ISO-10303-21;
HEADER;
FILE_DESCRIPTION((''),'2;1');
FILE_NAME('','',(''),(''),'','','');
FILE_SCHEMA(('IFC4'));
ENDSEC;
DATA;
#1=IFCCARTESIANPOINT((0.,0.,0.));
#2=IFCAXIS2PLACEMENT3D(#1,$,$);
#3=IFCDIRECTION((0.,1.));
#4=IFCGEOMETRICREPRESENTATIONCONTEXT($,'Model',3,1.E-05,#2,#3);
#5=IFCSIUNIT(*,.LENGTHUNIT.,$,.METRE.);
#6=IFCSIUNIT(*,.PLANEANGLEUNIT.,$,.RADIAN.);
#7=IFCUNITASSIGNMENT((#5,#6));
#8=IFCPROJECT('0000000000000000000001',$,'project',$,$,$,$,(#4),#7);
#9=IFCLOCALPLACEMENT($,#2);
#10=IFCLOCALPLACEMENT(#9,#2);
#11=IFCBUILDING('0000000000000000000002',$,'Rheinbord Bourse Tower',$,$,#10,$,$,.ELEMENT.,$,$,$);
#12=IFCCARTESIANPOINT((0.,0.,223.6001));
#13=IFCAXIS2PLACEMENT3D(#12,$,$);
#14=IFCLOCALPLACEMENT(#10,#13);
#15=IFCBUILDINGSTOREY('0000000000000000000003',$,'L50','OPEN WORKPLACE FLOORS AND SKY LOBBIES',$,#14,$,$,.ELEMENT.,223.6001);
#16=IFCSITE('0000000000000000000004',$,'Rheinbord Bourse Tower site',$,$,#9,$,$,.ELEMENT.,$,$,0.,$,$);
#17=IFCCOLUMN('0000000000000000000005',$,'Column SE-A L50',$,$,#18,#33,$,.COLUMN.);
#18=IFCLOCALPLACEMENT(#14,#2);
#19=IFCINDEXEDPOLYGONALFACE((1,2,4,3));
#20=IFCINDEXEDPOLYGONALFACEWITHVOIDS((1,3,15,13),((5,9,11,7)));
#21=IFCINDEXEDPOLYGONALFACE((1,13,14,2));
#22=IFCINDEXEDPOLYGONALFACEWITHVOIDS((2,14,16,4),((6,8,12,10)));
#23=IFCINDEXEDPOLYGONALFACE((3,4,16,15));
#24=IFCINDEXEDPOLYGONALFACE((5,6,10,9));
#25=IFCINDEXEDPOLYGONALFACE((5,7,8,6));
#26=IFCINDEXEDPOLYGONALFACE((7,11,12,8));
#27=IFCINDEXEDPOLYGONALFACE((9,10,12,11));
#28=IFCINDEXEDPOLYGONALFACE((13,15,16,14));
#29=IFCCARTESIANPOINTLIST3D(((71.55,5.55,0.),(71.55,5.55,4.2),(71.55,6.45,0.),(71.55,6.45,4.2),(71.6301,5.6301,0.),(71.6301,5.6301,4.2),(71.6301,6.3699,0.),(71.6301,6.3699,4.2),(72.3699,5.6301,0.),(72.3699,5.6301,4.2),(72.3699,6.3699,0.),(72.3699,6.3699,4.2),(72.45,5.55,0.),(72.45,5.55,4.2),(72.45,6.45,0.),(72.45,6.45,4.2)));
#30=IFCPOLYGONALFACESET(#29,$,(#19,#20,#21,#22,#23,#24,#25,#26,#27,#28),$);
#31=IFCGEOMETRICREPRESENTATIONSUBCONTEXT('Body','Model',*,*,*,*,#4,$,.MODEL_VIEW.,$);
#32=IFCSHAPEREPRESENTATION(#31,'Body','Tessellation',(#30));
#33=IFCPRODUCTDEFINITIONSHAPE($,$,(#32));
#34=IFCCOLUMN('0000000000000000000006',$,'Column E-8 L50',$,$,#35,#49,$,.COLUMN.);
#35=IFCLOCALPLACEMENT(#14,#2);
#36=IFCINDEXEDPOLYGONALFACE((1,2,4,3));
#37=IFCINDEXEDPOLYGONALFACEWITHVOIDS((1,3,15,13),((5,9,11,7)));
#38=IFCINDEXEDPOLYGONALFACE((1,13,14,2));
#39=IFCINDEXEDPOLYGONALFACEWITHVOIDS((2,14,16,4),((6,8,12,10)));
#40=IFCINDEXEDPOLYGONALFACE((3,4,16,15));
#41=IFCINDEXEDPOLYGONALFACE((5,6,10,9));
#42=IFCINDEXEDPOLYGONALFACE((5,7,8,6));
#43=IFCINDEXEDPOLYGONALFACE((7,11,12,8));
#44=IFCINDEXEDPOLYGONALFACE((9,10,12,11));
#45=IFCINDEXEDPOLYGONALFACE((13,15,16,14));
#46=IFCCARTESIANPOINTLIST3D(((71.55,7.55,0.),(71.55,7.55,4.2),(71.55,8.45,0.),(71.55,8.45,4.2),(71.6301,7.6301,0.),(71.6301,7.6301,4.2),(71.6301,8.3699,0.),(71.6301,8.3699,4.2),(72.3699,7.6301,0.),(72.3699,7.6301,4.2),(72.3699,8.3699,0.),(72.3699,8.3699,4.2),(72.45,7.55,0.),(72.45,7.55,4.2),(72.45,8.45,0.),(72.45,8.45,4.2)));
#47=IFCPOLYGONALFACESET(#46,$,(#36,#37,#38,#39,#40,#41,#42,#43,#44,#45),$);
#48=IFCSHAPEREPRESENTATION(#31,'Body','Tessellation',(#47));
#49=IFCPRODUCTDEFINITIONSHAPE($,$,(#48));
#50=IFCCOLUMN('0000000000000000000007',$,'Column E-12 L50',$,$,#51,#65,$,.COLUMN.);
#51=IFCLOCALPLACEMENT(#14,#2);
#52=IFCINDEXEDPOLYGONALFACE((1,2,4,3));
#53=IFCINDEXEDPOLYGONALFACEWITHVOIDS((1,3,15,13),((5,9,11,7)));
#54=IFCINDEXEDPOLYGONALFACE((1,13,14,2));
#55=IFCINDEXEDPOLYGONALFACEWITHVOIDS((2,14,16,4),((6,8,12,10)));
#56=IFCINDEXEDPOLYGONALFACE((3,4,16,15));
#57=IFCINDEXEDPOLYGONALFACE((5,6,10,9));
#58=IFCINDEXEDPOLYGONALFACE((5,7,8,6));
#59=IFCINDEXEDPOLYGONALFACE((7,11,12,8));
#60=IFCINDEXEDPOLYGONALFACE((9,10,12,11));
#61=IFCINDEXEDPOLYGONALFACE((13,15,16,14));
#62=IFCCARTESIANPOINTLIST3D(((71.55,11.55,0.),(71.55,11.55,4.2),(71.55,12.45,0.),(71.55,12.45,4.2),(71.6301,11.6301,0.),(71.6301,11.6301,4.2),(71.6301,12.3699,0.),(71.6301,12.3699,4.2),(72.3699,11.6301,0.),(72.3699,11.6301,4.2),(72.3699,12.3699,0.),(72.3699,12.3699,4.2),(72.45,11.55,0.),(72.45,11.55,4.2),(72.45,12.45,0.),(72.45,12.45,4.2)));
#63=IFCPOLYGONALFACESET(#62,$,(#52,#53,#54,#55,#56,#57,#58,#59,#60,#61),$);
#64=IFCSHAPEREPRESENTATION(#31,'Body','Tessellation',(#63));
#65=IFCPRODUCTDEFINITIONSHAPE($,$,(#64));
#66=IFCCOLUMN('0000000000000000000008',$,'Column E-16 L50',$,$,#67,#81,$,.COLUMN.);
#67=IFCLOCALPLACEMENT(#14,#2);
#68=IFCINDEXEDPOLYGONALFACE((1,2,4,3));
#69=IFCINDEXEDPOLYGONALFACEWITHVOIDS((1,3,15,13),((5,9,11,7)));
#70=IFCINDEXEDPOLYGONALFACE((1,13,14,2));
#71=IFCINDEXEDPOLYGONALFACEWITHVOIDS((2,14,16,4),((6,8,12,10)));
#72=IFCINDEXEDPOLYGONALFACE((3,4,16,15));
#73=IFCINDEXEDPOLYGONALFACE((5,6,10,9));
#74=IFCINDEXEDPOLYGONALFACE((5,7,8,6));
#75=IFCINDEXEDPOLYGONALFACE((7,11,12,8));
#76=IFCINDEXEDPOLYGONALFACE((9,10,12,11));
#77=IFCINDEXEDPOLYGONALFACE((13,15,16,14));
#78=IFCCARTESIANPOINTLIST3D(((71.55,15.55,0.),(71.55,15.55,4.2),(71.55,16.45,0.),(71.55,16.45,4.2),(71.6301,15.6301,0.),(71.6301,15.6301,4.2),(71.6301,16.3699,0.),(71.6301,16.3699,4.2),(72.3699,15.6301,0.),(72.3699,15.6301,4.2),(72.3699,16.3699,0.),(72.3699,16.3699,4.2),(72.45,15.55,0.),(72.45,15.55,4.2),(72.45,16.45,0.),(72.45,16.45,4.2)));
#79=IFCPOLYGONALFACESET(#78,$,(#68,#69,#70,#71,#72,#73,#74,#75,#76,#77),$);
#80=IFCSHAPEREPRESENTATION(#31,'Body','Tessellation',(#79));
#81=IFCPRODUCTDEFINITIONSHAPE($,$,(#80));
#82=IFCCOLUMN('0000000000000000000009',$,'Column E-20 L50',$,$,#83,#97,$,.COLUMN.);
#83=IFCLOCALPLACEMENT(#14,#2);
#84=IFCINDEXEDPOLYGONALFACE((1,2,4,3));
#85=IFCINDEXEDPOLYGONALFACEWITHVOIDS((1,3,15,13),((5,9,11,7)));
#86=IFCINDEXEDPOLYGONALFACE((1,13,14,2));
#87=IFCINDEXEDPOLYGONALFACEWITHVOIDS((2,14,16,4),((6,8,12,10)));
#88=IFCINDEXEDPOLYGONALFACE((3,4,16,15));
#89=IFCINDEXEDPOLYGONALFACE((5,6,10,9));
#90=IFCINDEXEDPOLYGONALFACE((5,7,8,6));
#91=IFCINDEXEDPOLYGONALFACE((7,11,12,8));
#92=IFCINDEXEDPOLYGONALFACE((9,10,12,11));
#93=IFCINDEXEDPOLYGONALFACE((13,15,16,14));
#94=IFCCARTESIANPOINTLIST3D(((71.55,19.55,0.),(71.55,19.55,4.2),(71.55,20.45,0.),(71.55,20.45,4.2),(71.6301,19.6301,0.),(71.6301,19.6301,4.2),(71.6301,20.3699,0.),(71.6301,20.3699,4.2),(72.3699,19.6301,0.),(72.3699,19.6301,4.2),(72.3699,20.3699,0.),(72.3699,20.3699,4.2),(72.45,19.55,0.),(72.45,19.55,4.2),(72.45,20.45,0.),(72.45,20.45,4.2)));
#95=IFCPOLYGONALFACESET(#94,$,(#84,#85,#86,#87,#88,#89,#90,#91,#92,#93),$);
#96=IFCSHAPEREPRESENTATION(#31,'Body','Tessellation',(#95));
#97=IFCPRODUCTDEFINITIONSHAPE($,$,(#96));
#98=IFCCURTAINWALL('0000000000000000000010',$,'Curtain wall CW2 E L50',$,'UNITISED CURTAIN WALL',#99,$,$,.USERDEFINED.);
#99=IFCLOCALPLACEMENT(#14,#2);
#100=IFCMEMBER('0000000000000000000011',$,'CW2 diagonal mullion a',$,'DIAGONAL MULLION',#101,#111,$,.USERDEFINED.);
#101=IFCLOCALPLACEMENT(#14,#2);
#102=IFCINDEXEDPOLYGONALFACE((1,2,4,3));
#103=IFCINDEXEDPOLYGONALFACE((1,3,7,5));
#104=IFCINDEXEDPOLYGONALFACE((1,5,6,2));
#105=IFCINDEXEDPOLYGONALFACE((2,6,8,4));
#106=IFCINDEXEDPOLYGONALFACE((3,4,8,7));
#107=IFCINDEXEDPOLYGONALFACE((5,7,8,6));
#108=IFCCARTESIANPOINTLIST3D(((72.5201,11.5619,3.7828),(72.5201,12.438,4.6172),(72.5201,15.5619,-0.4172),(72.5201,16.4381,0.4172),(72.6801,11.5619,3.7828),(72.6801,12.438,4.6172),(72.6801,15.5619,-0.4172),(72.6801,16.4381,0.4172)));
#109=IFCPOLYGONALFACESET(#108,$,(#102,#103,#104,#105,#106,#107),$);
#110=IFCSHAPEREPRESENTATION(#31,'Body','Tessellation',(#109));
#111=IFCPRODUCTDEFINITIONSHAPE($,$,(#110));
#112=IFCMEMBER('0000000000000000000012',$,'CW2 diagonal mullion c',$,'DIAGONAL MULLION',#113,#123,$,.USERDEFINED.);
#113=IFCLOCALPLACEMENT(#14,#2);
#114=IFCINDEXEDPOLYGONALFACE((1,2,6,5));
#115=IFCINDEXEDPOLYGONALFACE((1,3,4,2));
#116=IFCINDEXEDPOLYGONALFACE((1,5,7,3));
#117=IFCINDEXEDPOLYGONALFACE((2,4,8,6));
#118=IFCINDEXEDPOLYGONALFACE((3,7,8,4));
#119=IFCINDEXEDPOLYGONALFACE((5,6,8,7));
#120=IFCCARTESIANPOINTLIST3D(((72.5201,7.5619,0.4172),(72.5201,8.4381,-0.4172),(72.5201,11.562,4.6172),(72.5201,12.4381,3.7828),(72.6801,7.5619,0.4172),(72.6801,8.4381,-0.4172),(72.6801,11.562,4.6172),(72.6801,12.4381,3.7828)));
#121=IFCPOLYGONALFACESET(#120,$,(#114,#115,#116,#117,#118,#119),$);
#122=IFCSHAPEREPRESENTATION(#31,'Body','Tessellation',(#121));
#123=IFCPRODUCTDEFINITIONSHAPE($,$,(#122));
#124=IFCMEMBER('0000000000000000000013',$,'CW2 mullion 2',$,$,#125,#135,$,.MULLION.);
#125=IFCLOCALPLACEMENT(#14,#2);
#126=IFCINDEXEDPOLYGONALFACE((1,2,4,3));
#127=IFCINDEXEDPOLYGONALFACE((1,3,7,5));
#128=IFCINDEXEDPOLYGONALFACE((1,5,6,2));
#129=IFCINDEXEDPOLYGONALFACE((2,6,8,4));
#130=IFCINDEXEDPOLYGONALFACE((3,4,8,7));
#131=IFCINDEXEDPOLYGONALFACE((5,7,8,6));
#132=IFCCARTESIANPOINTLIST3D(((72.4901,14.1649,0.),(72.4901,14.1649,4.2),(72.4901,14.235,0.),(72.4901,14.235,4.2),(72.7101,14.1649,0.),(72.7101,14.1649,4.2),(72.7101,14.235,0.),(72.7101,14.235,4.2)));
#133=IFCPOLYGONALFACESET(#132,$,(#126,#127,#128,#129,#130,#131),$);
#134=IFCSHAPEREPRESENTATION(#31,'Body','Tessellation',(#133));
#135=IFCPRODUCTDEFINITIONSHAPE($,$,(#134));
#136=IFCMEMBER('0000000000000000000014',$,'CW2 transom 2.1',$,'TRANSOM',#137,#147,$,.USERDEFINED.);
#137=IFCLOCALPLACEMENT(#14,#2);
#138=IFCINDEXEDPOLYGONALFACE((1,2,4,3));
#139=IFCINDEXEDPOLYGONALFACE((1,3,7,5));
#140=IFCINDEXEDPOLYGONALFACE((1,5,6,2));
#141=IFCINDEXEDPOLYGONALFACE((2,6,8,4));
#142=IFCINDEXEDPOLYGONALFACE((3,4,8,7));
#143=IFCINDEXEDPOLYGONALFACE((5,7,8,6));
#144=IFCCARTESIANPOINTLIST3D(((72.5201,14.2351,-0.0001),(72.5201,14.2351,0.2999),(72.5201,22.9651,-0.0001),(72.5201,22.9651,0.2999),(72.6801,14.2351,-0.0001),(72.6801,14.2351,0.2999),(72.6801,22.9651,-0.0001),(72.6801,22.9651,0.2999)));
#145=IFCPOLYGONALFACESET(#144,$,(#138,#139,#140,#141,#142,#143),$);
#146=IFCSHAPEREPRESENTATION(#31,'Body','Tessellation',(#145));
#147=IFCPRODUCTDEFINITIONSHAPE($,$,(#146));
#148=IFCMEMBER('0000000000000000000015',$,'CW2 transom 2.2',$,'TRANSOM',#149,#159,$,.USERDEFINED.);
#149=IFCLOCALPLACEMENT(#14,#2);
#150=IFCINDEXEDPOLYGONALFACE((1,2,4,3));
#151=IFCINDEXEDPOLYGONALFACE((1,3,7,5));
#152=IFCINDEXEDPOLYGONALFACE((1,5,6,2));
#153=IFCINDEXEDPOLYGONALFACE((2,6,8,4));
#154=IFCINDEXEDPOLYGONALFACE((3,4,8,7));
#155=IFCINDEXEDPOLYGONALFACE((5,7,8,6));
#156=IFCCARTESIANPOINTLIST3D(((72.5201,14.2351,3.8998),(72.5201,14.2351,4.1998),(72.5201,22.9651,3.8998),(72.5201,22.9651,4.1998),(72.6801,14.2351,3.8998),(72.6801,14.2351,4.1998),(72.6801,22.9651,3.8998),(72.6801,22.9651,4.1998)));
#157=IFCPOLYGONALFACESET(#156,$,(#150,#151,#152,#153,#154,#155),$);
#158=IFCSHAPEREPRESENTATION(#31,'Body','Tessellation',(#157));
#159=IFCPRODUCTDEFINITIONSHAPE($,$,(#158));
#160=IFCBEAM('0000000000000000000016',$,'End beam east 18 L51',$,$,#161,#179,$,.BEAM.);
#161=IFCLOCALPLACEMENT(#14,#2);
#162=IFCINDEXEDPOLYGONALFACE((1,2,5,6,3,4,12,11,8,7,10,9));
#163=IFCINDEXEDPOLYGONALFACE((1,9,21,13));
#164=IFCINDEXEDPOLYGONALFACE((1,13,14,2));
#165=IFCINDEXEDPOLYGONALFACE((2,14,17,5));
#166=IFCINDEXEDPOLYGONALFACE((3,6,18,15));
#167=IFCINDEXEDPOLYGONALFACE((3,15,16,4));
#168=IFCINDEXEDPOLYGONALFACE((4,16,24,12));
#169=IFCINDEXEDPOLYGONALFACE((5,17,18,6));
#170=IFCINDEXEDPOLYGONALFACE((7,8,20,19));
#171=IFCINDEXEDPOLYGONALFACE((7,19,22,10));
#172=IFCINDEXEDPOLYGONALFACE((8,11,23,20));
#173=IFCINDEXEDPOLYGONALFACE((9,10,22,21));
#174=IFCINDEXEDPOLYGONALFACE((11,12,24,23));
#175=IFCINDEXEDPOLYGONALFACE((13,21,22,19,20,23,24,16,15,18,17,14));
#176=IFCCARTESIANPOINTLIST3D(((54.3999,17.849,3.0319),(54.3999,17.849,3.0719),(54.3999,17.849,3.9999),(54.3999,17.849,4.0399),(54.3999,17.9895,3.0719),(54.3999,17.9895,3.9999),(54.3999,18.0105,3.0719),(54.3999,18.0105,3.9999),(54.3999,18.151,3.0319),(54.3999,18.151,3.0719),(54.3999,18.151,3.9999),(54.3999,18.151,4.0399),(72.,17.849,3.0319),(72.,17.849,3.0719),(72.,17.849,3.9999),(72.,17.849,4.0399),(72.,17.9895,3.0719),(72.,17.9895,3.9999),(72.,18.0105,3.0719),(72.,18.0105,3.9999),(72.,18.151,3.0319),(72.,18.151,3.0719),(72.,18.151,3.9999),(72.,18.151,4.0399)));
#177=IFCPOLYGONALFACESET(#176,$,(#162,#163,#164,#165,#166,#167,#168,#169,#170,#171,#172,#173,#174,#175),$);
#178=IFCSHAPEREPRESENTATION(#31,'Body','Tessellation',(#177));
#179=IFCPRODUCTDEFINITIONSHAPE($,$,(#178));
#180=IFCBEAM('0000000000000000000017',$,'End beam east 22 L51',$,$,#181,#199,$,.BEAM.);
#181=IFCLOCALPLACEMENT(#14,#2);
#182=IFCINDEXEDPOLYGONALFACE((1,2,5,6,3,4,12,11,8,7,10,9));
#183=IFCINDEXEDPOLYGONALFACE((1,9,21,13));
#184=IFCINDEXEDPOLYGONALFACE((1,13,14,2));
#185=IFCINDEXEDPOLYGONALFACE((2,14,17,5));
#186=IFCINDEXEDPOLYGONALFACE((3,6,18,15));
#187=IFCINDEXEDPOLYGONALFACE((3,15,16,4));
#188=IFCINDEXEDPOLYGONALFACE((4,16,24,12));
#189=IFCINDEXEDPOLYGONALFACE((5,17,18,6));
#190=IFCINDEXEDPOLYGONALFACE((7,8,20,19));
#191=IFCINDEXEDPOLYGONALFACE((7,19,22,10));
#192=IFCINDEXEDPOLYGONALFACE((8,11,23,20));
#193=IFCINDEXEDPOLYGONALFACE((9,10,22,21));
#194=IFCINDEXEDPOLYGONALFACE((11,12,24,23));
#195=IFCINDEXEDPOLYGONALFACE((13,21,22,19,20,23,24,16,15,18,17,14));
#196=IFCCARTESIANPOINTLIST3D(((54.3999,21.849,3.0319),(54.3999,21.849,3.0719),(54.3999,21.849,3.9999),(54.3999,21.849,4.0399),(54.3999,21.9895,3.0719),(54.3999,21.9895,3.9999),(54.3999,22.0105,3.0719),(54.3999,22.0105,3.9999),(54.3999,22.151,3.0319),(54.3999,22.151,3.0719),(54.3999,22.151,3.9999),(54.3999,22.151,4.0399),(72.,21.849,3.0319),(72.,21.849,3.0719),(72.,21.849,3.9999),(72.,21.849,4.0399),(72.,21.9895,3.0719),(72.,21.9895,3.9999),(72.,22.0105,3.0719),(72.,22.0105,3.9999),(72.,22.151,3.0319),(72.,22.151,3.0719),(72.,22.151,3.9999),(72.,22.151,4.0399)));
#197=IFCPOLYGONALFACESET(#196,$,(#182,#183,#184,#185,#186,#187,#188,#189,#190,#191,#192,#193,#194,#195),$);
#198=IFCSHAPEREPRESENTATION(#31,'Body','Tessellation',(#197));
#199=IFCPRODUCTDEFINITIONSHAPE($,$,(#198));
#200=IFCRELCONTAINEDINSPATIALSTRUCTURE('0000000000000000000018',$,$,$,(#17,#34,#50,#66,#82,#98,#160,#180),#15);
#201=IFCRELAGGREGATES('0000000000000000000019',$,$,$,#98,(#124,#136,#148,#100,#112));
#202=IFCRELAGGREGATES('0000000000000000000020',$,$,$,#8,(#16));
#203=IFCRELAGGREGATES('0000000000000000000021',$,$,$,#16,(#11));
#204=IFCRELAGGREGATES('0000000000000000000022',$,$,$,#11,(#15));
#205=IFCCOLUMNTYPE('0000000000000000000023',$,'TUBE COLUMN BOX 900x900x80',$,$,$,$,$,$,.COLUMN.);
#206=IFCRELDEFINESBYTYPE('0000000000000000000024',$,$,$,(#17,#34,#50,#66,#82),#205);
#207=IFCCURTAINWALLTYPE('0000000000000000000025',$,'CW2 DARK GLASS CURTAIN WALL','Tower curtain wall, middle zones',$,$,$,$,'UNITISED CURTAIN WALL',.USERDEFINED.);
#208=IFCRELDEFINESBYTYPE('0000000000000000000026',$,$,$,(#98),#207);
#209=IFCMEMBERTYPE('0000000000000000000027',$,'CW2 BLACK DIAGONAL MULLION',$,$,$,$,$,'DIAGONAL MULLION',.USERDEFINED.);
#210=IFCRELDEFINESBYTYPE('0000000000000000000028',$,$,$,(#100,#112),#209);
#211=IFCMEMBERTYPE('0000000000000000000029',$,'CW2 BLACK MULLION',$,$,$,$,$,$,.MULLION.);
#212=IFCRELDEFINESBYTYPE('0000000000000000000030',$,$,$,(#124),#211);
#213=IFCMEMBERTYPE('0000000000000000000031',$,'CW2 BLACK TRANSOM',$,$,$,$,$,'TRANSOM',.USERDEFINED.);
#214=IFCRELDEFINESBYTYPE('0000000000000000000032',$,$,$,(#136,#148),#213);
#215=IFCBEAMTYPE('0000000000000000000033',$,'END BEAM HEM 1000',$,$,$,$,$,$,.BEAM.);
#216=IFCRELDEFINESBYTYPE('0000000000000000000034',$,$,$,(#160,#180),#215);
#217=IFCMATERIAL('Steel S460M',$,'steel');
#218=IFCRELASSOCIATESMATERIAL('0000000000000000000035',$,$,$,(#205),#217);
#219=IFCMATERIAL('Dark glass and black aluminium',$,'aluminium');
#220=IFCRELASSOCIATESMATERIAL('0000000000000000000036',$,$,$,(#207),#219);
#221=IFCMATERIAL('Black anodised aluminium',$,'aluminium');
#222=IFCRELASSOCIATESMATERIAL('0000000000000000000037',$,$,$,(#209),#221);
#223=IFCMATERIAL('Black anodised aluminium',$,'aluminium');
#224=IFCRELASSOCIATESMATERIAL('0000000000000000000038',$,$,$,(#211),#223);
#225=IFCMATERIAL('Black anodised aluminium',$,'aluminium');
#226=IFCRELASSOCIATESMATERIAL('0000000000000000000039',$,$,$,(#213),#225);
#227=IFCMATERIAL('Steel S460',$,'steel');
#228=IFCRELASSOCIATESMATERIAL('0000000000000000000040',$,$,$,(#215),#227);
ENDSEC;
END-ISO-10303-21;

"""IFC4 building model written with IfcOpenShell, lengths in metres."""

from ifc_helpers import new_model, si_unit, direction, frame, origin, origin_2d, place, context, subcontext, project, spatial, rectangle, hollow_rectangle, i_section, extrude, material, material_profile, profile_set, type_object, element, aggregate, save


model = new_model("IFC4")

# Units and contexts
model_context = context("Model", 3, precision=1e-05, world=origin(), true_north=direction((0.0, 1.0)))
body_context = subcontext(model_context, "Body", "Model", "MODEL_VIEW")
ifc_project = project(units=[si_unit("LENGTHUNIT", "METRE"), si_unit("PLANEANGLEUNIT", "RADIAN")], contexts=[model_context])

# Site, building, storey
site_placement = place(None, origin())
site = spatial("IfcSite", under=ifc_project, at=site_placement, Name="Rheinbord Bourse Tower site", CompositionType="ELEMENT", RefElevation=0.0)
building_placement = place(site_placement, origin())
building = spatial("IfcBuilding", under=site, at=building_placement, Name="Rheinbord Bourse Tower", CompositionType="ELEMENT")
storey_placement = place(building_placement, frame((0.0, 0.0, 223.6001)))
storey = spatial("IfcBuildingStorey", under=building, at=storey_placement, Name="L50", Description="OPEN WORKPLACE FLOORS AND SKY LOBBIES", CompositionType="ELEMENT", Elevation=223.6001)

# Columns
ifc_material_1 = material(Name="Steel S460M", Category="steel")
ifc_material_profile_1 = material_profile(ifc_material_1, hollow_rectangle(XDim=0.8999, YDim=0.8999, WallThickness=0.0801, at=origin_2d()), Name="BOX 900x900x80")
ifc_profile_set_1 = profile_set([ifc_material_profile_1], Name="Steel S460M")
column_type = type_object("IfcColumnType", Name="TUBE COLUMN BOX 900x900x80", PredefinedType="COLUMN", material=ifc_profile_set_1)
for number, where, z_axis, x_axis, name in (
    (1, (72.0, 6.0, 0.0), (0.0, 0.0, 1.0), (1.0, 0.0, 0.0), "Column SE-A L50"),
    (2, (72.0, 8.0, 0.0), (0.0, 0.0, 1.0), (1.0, 0.0, 0.0), "Column E-8 L50"),
    (3, (72.0, 12.0, 0.0), (0.0, 0.0, 1.0), (1.0, 0.0, 0.0), "Column E-12 L50"),
    (4, (72.0, 16.0, 0.0), (0.0, 0.0, 1.0), (1.0, 0.0, 0.0), "Column E-16 L50"),
    (5, (72.0, 20.0, 0.0), (0.0, 0.0, 1.0), (1.0, 0.0, 0.0), "Column E-20 L50"),
):
    element("IfcColumn", number, at=place(storey_placement, frame(where, z_axis=z_axis, x_axis=x_axis)), inside=storey, type_object=column_type, Name=name, PredefinedType="COLUMN", context=body_context, shape_type="SweptSolid", body=[
        extrude(hollow_rectangle(XDim=0.8999, YDim=0.8999, WallThickness=0.0801, at=origin_2d()), origin(), (0.0, 0.0, 1.0), 4.2),
    ])

# Curtain wall, members
ifc_material_2 = material(Name="Dark glass and black aluminium", Category="aluminium")
curtain_wall_type = type_object("IfcCurtainWallType", Name="CW2 DARK GLASS CURTAIN WALL", Description="Tower curtain wall, middle zones", ElementType="UNITISED CURTAIN WALL", PredefinedType="USERDEFINED", material=ifc_material_2)
curtain_wall_placement = place(storey_placement, origin())
curtain_wall = element("IfcCurtainWall", 6, at=curtain_wall_placement, inside=storey, type_object=curtain_wall_type, Name="Curtain wall CW2 E L50", ObjectType="UNITISED CURTAIN WALL", PredefinedType="USERDEFINED")
ifc_material_3 = material(Name="Black anodised aluminium", Category="aluminium")
ifc_material_profile_2 = material_profile(ifc_material_3, rectangle(XDim=0.1599, YDim=1.21, at=origin_2d()), Name="CW2 DIAGONAL MULLION 1210x160")
ifc_profile_set_2 = profile_set([ifc_material_profile_2], Name="Black anodised aluminium")
member_type_1 = type_object("IfcMemberType", Name="CW2 BLACK DIAGONAL MULLION", ElementType="DIAGONAL MULLION", PredefinedType="USERDEFINED", material=ifc_profile_set_2)
member_1_placement = place(storey_placement, frame((72.6001, 16.0, 0.0), z_axis=(0.0, -0.689659, 0.724134), x_axis=(1.0, 0.0, 0.0)))
member_1 = element("IfcMember", 7, at=member_1_placement, type_object=member_type_1, Name="CW2 diagonal mullion a", ObjectType="DIAGONAL MULLION", PredefinedType="USERDEFINED", context=body_context, shape_type="SweptSolid", body=[
    extrude(rectangle(XDim=0.1599, YDim=1.21, at=origin_2d()), origin(), (0.0, 0.0, 1.0), 5.8),
])
member_2_placement = place(storey_placement, frame((72.6001, 8.0, 0.0), z_axis=(0.0, 0.689659, 0.724134), x_axis=(-1.0, 0.0, 0.0)))
member_2 = element("IfcMember", 8, at=member_2_placement, type_object=member_type_1, Name="CW2 diagonal mullion c", ObjectType="DIAGONAL MULLION", PredefinedType="USERDEFINED", context=body_context, shape_type="SweptSolid", body=[
    extrude(rectangle(XDim=0.1599, YDim=1.21, at=origin_2d()), origin(), (0.0, 0.0, 1.0), 5.8),
])
ifc_material_4 = material(Name="Black anodised aluminium", Category="aluminium")
ifc_material_profile_3 = material_profile(ifc_material_4, rectangle(XDim=0.22, YDim=0.0701, at=origin_2d()), Name="CW2 MULLION 70x220")
ifc_profile_set_3 = profile_set([ifc_material_profile_3], Name="Black anodised aluminium")
member_type_2 = type_object("IfcMemberType", Name="CW2 BLACK MULLION", PredefinedType="MULLION", material=ifc_profile_set_3)
member_3_placement = place(storey_placement, frame((72.6001, 14.2, 0.0), z_axis=(0.0, 0.0, 1.0), x_axis=(-1.0, 0.0, 0.0)))
member_3 = element("IfcMember", 9, at=member_3_placement, type_object=member_type_2, Name="CW2 mullion 2", PredefinedType="MULLION", context=body_context, shape_type="SweptSolid", body=[
    extrude(rectangle(XDim=0.22, YDim=0.0701, at=origin_2d()), origin(), (0.0, 0.0, 1.0), 4.2),
])
ifc_material_5 = material(Name="Black anodised aluminium", Category="aluminium")
ifc_material_profile_4 = material_profile(ifc_material_5, rectangle(XDim=0.1599, YDim=0.3, at=origin_2d()), Name="CW2 TRANSOM 300x160")
ifc_profile_set_4 = profile_set([ifc_material_profile_4], Name="Black anodised aluminium")
member_type_3 = type_object("IfcMemberType", Name="CW2 BLACK TRANSOM", ElementType="TRANSOM", PredefinedType="USERDEFINED", material=ifc_profile_set_4)
member_4_placement = place(storey_placement, frame((72.6001, 14.2351, 0.1499), z_axis=(0.0, 1.0, 0.0), x_axis=(-1.0, 0.0, 0.0)))
member_4 = element("IfcMember", 10, at=member_4_placement, type_object=member_type_3, Name="CW2 transom 2.1", ObjectType="TRANSOM", PredefinedType="USERDEFINED", context=body_context, shape_type="SweptSolid", body=[
    extrude(rectangle(XDim=0.1599, YDim=0.3, at=origin_2d()), origin(), (0.0, 0.0, 1.0), 8.73),
])
member_5_placement = place(storey_placement, frame((72.6001, 14.2351, 4.0498), z_axis=(0.0, 1.0, 0.0), x_axis=(-1.0, 0.0, 0.0)))
member_5 = element("IfcMember", 11, at=member_5_placement, type_object=member_type_3, Name="CW2 transom 2.2", ObjectType="TRANSOM", PredefinedType="USERDEFINED", context=body_context, shape_type="SweptSolid", body=[
    extrude(rectangle(XDim=0.1599, YDim=0.3, at=origin_2d()), origin(), (0.0, 0.0, 1.0), 8.73),
])

# Beams
ifc_material_6 = material(Name="Steel S460", Category="steel")
ifc_material_profile_5 = material_profile(ifc_material_6, i_section(OverallWidth=0.302, OverallDepth=1.0081, WebThickness=0.021, FlangeThickness=0.04, at=origin_2d()), Name="HEM 1000")
ifc_profile_set_5 = profile_set([ifc_material_profile_5], Name="Steel S460")
beam_type_1 = type_object("IfcBeamType", Name="END BEAM HEM 1000", PredefinedType="BEAM", material=ifc_profile_set_5)
for number, where, z_axis, x_axis, name in (
    (12, (54.3999, 18.0, 3.5359), (1.0, 0.0, 0.0), (0.0, 1.0, 0.0), "End beam east 18 L51"),
    (13, (54.3999, 22.0, 3.5359), (1.0, 0.0, 0.0), (0.0, 1.0, 0.0), "End beam east 22 L51"),
):
    element("IfcBeam", number, at=place(storey_placement, frame(where, z_axis=z_axis, x_axis=x_axis)), inside=storey, type_object=beam_type_1, Name=name, PredefinedType="BEAM", context=body_context, shape_type="SweptSolid", body=[
        extrude(i_section(OverallWidth=0.302, OverallDepth=1.0081, WebThickness=0.021, FlangeThickness=0.04, at=origin_2d()), origin(), (0.0, 0.0, 1.0), 17.6001),
    ])

aggregate(curtain_wall, [member_3, member_4, member_5, member_1, member_2])

save(model, "model.ifc")
